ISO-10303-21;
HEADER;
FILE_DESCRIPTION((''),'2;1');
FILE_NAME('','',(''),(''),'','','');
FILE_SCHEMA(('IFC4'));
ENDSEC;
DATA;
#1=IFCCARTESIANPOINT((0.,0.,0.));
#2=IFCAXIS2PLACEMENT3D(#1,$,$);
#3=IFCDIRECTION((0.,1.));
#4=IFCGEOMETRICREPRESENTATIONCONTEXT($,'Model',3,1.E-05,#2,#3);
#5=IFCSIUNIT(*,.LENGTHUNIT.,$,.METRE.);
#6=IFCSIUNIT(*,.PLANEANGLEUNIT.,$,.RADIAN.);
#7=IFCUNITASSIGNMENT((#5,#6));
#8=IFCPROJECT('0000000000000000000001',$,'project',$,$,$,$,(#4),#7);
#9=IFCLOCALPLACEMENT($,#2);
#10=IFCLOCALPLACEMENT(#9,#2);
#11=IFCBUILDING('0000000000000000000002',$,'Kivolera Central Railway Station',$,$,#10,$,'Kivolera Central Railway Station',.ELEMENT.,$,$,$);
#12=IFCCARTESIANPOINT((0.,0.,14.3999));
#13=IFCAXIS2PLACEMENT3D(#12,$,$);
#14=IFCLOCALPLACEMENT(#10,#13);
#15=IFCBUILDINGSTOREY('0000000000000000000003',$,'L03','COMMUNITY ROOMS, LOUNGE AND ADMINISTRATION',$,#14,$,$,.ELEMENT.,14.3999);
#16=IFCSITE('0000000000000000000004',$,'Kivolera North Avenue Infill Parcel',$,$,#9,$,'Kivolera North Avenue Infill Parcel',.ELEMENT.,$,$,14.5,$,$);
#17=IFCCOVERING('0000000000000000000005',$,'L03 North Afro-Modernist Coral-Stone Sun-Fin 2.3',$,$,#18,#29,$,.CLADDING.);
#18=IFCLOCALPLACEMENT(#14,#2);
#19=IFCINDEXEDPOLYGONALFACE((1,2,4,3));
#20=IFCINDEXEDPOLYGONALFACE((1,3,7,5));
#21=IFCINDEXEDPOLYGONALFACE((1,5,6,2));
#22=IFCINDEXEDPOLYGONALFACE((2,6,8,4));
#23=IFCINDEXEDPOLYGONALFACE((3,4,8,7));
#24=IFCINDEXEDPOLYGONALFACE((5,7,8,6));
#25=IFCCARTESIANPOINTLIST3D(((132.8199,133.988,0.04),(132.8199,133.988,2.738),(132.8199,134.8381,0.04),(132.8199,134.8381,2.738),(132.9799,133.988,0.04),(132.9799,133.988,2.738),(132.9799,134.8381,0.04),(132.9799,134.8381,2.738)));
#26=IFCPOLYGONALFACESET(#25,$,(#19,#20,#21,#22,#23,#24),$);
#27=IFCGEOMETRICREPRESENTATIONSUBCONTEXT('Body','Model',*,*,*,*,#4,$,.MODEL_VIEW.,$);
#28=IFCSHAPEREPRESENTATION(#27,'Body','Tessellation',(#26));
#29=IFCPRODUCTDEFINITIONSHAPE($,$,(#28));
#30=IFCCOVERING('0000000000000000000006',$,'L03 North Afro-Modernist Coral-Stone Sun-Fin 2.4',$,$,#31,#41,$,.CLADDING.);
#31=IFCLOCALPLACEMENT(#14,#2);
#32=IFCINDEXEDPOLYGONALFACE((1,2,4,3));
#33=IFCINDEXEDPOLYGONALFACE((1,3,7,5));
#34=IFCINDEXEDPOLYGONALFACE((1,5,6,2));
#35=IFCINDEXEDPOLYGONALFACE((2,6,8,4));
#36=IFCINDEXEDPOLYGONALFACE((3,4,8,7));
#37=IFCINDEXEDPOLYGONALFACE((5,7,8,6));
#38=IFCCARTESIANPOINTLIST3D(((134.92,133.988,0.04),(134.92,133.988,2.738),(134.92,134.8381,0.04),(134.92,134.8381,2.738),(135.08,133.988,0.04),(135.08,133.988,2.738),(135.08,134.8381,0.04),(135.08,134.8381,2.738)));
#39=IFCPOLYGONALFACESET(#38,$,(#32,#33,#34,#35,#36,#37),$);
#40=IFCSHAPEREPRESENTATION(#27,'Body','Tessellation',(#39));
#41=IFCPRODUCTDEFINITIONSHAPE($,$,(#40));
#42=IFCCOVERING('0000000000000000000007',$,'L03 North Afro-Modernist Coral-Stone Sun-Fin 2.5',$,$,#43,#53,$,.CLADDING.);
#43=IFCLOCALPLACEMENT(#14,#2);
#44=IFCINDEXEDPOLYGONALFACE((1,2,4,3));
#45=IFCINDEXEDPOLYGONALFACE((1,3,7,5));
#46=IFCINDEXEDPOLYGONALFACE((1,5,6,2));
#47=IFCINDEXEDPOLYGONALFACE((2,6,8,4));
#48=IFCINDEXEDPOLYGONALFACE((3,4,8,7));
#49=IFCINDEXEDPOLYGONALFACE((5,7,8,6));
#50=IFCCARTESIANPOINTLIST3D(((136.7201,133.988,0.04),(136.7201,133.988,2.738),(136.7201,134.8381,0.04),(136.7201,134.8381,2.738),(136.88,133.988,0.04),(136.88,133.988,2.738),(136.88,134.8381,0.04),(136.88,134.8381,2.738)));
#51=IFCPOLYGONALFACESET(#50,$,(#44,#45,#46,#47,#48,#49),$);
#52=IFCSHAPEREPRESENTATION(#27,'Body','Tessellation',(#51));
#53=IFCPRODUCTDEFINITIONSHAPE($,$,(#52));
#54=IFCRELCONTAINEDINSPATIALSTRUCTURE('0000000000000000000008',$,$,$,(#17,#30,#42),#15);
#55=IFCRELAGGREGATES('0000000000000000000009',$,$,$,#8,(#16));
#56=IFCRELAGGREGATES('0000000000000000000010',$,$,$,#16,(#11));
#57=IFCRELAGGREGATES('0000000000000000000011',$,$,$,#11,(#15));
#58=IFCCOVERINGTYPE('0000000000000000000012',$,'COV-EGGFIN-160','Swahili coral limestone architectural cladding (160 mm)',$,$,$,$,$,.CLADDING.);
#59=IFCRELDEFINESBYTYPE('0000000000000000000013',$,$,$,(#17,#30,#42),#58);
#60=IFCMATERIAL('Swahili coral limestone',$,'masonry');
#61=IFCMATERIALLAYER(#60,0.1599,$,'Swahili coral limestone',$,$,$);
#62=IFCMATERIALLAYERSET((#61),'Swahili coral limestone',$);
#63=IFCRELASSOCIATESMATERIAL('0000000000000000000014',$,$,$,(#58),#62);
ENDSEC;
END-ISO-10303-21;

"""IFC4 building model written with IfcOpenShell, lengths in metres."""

from ifc_helpers import new_model, si_unit, direction, frame, origin, origin_2d, place, context, subcontext, project, spatial, rectangle, extrude, material, layer, layer_set, type_object, element, save


model = new_model("IFC4")

# Units and contexts
model_context = context("Model", 3, precision=1e-05, world=origin(), true_north=direction((0.0, 1.0)))
body_context = subcontext(model_context, "Body", "Model", "MODEL_VIEW")
ifc_project = project(units=[si_unit("LENGTHUNIT", "METRE"), si_unit("PLANEANGLEUNIT", "RADIAN")], contexts=[model_context])

# Site, building, storey
site_placement = place(None, origin())
site = spatial("IfcSite", under=ifc_project, at=site_placement, Name="Kivolera North Avenue Infill Parcel", LongName="Kivolera North Avenue Infill Parcel", CompositionType="ELEMENT", RefElevation=14.5)
building_placement = place(site_placement, origin())
building = spatial("IfcBuilding", under=site, at=building_placement, Name="Kivolera Central Railway Station", LongName="Kivolera Central Railway Station", CompositionType="ELEMENT")
storey_placement = place(building_placement, frame((0.0, 0.0, 14.3999)))
storey = spatial("IfcBuildingStorey", under=building, at=storey_placement, Name="L03", Description="COMMUNITY ROOMS, LOUNGE AND ADMINISTRATION", CompositionType="ELEMENT", Elevation=14.3999)

# Coverings
ifc_material_1 = material(Name="Swahili coral limestone", Category="masonry")
ifc_layer_1 = layer(ifc_material_1, 0.1599, Name="Swahili coral limestone")
ifc_layer_set_1 = layer_set([ifc_layer_1], Name="Swahili coral limestone")
covering_type_1 = type_object("IfcCoveringType", Name="COV-EGGFIN-160", Description="Swahili coral limestone architectural cladding (160 mm)", PredefinedType="CLADDING", material=ifc_layer_set_1)
for number, where, z_axis, x_axis, name in (
    (1, (132.8999, 134.4131, 0.04), (0.0, 0.0, 1.0), (1.0, 0.0, 0.0), "L03 North Afro-Modernist Coral-Stone Sun-Fin 2.3"),
    (2, (135.0, 134.4131, 0.04), (0.0, 0.0, 1.0), (1.0, 0.0, 0.0), "L03 North Afro-Modernist Coral-Stone Sun-Fin 2.4"),
    (3, (136.8, 134.4131, 0.04), (0.0, 0.0, 1.0), (1.0, 0.0, 0.0), "L03 North Afro-Modernist Coral-Stone Sun-Fin 2.5"),
):
    element("IfcCovering", number, at=place(storey_placement, frame(where, z_axis=z_axis, x_axis=x_axis)), inside=storey, type_object=covering_type_1, Name=name, PredefinedType="CLADDING", context=body_context, shape_type="SweptSolid", body=[
        extrude(rectangle(XDim=0.1599, YDim=0.8501, at=origin_2d()), origin(), (0.0, 0.0, 1.0), 2.698),
    ])

save(model, "model.ifc")
